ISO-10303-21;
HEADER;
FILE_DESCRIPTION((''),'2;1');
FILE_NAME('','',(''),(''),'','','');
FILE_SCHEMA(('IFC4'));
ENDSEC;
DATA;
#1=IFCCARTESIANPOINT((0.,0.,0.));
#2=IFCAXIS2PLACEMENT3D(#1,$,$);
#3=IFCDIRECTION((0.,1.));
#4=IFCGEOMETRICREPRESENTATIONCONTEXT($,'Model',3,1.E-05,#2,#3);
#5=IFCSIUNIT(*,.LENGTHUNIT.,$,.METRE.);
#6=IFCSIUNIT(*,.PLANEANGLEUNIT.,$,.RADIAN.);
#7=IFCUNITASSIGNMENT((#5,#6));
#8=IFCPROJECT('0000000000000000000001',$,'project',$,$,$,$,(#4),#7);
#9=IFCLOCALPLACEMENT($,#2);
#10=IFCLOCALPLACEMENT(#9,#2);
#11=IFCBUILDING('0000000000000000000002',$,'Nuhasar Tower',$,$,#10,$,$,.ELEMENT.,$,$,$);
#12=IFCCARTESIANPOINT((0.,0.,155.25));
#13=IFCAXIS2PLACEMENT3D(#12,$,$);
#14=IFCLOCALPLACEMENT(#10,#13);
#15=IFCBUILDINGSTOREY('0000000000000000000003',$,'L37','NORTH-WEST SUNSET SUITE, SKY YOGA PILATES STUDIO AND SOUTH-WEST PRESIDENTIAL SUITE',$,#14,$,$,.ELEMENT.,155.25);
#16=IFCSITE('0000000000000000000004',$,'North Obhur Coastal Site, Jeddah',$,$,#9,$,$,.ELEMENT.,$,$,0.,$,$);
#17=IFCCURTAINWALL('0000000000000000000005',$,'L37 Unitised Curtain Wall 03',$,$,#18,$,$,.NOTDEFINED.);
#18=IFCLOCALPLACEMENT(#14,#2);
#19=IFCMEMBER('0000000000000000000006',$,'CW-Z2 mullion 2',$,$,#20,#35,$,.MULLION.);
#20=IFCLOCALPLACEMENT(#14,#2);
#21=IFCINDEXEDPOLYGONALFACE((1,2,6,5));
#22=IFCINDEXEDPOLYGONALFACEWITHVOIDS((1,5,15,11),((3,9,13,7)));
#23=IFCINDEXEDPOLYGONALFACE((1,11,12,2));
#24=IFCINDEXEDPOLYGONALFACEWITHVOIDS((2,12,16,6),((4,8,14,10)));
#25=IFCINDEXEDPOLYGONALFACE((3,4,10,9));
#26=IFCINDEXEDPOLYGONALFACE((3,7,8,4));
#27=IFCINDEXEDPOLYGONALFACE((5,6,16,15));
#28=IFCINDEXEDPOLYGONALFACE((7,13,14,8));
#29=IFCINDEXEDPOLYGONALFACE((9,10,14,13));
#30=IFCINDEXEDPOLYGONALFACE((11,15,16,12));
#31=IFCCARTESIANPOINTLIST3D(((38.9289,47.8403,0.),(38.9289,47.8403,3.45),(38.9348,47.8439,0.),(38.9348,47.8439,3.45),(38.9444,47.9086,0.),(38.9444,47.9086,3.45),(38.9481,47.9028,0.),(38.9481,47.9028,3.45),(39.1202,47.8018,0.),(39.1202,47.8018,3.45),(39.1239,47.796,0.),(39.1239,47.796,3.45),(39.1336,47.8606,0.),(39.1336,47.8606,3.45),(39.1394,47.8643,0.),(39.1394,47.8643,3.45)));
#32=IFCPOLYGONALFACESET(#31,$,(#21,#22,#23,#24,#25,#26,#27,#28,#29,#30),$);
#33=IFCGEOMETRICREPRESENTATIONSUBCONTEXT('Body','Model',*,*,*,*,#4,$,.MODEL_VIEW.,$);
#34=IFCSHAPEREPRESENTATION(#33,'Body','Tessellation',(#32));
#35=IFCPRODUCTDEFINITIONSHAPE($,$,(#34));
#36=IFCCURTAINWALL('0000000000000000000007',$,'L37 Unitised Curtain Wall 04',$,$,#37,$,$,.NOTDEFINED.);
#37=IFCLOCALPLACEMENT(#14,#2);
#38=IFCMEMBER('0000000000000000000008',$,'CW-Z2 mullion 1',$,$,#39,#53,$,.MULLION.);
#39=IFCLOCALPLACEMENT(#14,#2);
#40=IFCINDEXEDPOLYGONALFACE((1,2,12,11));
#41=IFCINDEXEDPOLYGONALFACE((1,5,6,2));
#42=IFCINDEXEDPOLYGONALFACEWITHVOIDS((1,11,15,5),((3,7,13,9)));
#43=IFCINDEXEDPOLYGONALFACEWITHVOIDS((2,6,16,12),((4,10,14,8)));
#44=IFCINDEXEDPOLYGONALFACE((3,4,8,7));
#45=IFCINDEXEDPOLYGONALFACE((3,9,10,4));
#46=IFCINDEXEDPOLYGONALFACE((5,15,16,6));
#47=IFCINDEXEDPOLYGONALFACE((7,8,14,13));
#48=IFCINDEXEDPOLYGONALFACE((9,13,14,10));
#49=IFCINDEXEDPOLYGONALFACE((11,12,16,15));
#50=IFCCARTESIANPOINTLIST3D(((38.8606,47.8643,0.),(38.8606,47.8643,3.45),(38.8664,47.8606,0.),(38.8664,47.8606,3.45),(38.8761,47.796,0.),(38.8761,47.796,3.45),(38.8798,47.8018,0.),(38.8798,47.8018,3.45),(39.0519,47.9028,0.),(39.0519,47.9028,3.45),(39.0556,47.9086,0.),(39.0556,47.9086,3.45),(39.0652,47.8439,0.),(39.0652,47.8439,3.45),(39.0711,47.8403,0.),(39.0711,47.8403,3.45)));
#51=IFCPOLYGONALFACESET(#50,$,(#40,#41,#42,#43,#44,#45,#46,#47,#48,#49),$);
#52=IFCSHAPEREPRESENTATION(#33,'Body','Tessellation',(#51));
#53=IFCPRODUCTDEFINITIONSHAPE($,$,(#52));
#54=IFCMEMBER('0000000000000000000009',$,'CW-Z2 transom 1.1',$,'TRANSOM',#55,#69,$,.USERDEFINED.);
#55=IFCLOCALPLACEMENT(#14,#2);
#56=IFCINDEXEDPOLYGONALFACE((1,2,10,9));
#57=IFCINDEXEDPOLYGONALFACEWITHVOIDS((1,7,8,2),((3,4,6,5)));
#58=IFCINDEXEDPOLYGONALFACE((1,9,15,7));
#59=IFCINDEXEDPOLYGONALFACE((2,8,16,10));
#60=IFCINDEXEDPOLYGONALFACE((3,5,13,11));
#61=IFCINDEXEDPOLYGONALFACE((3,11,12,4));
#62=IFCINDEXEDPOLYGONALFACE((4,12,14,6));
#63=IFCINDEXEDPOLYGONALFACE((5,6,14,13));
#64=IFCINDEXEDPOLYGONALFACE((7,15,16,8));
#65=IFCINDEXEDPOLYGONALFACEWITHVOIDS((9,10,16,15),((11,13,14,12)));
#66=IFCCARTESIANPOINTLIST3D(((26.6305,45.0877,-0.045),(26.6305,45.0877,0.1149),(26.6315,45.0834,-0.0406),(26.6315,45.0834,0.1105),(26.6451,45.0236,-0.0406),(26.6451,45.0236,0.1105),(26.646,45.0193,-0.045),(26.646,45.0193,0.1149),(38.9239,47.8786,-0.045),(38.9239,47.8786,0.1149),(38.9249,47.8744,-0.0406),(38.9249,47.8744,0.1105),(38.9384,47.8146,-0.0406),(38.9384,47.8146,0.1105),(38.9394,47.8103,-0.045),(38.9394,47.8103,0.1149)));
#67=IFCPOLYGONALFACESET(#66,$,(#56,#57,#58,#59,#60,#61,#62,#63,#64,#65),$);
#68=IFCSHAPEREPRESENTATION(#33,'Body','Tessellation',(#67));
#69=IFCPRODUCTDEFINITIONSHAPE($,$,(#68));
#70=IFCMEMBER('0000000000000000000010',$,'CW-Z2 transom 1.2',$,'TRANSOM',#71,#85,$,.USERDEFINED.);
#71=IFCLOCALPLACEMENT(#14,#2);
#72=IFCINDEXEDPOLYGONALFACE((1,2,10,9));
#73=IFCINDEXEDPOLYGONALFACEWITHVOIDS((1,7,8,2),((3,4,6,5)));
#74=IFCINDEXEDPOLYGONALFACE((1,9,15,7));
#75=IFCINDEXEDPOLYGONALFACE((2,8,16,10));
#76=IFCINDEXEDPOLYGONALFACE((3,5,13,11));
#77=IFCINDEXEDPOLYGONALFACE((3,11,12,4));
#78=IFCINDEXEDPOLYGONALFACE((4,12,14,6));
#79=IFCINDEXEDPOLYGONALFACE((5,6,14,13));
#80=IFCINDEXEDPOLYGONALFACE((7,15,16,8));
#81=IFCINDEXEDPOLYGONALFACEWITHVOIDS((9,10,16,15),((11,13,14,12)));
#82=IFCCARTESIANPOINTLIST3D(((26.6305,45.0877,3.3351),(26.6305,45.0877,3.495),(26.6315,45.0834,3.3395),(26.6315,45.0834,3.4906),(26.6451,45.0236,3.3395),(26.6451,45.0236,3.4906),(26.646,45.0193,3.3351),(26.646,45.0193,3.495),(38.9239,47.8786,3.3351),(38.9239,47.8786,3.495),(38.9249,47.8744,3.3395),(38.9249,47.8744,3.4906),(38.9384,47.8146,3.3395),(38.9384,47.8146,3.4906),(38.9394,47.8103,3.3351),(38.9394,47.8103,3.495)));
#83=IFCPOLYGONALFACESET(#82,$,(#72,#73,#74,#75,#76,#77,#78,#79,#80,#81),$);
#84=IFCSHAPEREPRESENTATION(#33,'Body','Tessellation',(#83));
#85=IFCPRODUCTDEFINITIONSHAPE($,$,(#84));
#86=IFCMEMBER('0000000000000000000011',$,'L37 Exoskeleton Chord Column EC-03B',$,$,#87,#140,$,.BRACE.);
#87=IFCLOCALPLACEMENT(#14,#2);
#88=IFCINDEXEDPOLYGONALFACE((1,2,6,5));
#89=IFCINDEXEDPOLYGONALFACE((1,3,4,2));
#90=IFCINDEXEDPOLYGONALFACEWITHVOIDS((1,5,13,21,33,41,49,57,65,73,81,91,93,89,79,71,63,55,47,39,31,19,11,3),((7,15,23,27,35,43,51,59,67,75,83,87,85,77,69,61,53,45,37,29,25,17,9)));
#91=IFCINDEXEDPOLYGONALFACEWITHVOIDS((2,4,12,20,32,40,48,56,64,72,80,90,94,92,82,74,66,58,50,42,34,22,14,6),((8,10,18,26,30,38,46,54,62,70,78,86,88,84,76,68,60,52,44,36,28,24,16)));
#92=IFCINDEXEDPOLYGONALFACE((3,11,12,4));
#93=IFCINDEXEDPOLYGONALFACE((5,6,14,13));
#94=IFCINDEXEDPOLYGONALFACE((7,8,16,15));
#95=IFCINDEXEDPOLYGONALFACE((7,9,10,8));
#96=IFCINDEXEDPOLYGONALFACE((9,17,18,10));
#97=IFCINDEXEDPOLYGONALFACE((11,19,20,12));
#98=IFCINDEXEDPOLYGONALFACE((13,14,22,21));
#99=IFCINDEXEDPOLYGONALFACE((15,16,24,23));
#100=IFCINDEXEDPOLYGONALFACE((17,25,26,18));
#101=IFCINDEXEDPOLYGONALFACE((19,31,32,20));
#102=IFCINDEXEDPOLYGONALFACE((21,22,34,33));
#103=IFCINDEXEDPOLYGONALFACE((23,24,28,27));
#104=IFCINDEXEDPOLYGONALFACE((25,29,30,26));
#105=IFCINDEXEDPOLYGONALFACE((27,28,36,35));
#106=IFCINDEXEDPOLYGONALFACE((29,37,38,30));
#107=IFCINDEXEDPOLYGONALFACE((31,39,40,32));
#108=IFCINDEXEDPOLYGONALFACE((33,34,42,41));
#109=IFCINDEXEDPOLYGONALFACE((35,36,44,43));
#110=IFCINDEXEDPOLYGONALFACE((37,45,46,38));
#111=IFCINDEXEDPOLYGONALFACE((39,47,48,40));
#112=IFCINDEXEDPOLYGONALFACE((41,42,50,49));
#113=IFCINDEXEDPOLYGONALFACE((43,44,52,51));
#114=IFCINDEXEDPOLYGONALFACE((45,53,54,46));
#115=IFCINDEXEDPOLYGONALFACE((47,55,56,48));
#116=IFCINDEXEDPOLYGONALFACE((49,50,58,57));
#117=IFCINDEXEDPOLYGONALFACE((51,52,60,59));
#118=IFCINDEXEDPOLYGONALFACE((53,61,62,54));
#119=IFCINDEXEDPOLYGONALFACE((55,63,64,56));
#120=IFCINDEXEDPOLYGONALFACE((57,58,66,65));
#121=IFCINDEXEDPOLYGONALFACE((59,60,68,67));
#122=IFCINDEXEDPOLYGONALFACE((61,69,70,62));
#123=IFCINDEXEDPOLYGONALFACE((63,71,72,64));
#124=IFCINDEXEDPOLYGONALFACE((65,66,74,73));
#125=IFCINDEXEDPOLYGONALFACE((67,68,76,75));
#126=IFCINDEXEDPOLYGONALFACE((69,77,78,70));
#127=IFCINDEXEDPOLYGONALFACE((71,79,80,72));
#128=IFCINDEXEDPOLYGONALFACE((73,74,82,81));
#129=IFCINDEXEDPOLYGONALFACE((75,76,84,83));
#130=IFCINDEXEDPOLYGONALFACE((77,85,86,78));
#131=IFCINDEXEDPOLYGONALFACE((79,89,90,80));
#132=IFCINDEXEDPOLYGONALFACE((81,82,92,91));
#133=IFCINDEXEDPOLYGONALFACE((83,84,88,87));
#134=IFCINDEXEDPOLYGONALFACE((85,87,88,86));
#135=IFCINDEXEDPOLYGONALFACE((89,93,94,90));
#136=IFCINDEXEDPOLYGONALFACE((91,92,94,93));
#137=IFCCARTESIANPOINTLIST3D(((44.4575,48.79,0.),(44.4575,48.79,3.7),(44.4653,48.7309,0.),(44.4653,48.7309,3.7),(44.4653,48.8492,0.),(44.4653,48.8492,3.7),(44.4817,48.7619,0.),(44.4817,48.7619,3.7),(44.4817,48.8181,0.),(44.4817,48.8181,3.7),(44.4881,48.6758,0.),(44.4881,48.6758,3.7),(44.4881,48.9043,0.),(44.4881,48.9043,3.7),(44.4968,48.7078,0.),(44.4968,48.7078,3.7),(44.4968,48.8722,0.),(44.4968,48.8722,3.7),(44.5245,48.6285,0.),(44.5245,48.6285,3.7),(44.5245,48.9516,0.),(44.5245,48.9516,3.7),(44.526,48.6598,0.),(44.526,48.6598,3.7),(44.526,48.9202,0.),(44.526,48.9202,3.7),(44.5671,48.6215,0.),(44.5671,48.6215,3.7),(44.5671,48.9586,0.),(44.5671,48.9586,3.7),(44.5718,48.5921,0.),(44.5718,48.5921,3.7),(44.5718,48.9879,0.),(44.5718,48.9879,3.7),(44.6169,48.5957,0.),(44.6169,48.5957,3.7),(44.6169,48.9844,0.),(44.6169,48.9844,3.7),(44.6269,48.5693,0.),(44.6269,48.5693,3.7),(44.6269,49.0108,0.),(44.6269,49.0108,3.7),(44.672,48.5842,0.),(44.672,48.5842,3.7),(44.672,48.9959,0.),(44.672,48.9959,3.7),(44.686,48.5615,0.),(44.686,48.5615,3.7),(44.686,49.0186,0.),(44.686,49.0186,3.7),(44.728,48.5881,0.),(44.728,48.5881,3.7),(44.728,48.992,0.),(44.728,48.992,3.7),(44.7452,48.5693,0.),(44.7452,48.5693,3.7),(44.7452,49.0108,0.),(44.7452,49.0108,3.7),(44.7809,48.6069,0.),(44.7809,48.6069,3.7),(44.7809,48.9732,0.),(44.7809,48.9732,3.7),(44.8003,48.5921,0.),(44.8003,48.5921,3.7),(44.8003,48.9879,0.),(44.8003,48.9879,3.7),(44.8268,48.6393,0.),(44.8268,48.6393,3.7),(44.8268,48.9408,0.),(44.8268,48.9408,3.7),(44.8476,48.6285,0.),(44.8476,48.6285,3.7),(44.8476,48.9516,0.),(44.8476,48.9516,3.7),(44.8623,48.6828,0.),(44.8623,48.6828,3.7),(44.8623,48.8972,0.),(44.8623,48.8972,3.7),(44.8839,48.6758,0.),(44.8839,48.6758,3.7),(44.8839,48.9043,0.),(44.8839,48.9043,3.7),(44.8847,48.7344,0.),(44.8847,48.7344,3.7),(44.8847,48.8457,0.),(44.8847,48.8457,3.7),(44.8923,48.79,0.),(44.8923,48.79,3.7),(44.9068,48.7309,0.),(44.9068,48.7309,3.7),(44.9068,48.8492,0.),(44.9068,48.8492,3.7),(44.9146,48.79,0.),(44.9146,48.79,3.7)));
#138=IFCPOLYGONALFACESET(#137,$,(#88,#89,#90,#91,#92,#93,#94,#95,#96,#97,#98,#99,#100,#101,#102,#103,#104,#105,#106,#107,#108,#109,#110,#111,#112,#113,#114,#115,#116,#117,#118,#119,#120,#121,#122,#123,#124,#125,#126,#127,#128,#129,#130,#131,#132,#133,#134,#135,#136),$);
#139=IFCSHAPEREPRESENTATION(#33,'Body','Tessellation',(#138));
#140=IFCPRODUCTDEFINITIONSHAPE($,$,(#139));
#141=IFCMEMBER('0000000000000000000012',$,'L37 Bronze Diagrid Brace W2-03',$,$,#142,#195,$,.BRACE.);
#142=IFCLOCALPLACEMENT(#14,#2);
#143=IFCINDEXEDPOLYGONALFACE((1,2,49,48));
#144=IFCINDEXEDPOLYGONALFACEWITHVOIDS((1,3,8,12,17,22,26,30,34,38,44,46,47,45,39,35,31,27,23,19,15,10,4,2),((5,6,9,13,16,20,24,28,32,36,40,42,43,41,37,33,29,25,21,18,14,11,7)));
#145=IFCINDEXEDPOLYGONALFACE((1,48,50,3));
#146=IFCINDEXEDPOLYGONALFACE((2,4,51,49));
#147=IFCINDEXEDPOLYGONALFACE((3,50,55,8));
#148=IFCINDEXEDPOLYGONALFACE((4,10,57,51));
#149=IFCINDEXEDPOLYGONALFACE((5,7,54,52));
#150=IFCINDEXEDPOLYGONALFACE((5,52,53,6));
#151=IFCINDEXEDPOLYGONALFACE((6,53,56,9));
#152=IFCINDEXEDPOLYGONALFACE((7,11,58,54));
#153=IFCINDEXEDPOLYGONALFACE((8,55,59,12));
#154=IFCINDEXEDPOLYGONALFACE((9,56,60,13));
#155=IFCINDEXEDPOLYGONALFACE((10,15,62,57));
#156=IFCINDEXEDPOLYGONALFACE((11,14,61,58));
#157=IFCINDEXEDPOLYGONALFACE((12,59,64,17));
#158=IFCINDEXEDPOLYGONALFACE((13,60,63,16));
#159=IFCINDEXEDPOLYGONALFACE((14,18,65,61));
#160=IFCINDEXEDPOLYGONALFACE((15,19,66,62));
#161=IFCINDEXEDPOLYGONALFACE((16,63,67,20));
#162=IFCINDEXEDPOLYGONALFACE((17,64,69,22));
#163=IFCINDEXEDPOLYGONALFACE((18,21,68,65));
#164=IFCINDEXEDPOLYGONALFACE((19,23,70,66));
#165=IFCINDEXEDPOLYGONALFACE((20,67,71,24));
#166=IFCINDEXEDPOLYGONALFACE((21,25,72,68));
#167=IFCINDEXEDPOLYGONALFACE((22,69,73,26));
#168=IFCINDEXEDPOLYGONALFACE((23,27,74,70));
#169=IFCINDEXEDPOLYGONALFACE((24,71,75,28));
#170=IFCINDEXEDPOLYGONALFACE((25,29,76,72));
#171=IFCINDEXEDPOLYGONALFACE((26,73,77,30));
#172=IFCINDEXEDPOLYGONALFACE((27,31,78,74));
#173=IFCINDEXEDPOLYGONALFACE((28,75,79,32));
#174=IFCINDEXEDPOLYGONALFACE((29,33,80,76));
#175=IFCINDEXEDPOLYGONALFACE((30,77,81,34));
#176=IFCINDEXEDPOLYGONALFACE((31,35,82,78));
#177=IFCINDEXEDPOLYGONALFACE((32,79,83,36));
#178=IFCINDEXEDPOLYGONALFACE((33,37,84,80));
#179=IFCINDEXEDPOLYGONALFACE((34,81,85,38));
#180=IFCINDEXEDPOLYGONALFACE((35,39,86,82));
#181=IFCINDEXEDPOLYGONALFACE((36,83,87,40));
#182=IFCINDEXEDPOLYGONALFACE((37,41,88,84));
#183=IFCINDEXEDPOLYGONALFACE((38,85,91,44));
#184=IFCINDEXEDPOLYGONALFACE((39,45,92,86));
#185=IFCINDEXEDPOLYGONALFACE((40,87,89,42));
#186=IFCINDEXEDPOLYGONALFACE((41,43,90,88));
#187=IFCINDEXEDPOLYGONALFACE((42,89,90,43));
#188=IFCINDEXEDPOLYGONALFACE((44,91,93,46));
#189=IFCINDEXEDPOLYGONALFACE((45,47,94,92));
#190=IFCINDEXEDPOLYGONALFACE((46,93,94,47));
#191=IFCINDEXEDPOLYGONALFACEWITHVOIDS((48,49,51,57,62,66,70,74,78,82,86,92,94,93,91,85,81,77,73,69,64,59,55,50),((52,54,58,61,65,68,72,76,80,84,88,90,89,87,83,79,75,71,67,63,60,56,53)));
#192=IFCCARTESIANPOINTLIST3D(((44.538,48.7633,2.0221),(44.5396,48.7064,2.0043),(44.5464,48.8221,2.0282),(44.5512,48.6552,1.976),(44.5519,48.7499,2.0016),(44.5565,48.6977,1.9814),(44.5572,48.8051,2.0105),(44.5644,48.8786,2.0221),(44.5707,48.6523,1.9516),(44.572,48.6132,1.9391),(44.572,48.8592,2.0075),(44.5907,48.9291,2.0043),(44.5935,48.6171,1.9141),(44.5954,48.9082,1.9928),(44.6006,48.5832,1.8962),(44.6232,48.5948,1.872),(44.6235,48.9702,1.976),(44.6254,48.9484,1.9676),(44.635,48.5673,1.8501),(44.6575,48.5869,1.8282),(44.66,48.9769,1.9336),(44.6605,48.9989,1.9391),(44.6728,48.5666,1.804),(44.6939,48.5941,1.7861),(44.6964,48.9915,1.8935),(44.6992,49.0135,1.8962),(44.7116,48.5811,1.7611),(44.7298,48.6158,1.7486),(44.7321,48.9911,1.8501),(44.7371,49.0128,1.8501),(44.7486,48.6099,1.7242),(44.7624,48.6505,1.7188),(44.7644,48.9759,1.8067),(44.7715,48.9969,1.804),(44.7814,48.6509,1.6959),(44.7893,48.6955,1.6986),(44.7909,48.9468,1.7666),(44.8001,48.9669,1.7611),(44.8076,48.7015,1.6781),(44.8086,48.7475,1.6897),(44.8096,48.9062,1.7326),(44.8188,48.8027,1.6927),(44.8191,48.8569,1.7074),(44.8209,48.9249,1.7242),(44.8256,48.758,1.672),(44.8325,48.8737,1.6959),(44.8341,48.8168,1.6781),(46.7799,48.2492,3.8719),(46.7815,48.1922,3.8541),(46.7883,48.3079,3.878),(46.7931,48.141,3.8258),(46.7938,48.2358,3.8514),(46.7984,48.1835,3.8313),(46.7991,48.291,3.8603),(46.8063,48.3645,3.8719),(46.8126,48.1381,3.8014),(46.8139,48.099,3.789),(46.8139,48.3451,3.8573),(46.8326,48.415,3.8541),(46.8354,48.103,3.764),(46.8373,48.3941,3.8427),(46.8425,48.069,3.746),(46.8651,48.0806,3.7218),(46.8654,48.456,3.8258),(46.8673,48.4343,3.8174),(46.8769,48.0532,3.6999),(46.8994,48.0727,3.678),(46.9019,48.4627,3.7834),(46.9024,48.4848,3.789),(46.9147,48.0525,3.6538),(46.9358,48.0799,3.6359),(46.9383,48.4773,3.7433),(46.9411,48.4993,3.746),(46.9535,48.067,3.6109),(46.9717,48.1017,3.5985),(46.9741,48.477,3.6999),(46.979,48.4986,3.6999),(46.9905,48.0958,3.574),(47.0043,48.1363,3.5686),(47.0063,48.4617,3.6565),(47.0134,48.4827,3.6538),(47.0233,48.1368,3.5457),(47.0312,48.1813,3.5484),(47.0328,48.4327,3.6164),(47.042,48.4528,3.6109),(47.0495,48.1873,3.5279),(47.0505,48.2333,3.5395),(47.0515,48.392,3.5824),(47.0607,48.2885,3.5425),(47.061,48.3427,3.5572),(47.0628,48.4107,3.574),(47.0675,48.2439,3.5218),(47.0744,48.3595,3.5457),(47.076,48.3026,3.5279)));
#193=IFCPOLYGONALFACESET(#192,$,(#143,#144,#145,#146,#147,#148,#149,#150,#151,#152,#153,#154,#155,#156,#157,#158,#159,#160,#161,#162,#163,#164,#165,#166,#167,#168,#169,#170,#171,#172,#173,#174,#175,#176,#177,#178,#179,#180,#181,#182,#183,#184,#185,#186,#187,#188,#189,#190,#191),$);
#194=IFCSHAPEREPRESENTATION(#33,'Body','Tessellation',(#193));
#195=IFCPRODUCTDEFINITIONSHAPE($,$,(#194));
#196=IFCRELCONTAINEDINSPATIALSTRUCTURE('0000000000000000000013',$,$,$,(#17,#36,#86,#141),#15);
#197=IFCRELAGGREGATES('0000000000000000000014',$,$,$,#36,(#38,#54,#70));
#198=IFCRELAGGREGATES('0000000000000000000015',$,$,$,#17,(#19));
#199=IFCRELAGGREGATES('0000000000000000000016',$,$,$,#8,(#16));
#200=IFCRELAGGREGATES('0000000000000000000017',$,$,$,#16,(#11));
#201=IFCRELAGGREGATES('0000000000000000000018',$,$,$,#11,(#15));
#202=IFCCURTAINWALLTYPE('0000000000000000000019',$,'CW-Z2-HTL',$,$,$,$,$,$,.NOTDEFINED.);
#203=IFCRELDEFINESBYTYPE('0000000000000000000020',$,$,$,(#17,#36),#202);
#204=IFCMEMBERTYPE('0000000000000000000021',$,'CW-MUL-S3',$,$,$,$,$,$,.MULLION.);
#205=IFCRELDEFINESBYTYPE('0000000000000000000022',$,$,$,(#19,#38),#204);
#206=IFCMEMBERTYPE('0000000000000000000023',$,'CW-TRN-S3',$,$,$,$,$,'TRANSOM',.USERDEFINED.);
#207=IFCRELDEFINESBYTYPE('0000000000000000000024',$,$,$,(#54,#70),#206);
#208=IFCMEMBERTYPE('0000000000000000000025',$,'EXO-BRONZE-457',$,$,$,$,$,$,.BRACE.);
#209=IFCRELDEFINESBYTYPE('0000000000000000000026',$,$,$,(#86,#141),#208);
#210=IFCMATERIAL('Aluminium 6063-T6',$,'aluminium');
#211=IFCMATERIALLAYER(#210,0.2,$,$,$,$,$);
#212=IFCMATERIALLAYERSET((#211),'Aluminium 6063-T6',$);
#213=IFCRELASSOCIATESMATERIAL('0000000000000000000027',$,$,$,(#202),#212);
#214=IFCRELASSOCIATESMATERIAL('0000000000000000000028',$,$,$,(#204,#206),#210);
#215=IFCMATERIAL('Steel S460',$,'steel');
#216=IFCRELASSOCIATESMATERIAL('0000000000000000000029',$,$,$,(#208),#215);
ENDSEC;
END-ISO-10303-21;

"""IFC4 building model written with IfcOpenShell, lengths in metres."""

from ifc_helpers import new_model, si_unit, direction, frame, origin, origin_2d, place, context, subcontext, project, spatial, hollow_rectangle, hollow_circle, extrude, material, layer, layer_set, material_profile, profile_set, type_object, element, aggregate, save


model = new_model("IFC4")

# Units and contexts
model_context = context("Model", 3, precision=1e-05, world=origin(), true_north=direction((0.0, 1.0)))
body_context = subcontext(model_context, "Body", "Model", "MODEL_VIEW")
ifc_project = project(units=[si_unit("LENGTHUNIT", "METRE"), si_unit("PLANEANGLEUNIT", "RADIAN")], contexts=[model_context])

# Site, building, storey
site_placement = place(None, origin())
site = spatial("IfcSite", under=ifc_project, at=site_placement, Name="North Obhur Coastal Site, Jeddah", CompositionType="ELEMENT", RefElevation=0.0)
building_placement = place(site_placement, origin())
building = spatial("IfcBuilding", under=site, at=building_placement, Name="Nuhasar Tower", CompositionType="ELEMENT")
storey_placement = place(building_placement, frame((0.0, 0.0, 155.25)))
storey = spatial("IfcBuildingStorey", under=building, at=storey_placement, Name="L37", Description="NORTH-WEST SUNSET SUITE, SKY YOGA PILATES STUDIO AND SOUTH-WEST PRESIDENTIAL SUITE", CompositionType="ELEMENT", Elevation=155.25)

# Curtain wall, member
ifc_material_1 = material(Name="Aluminium 6063-T6", Category="aluminium")
ifc_layer_1 = layer(ifc_material_1, 0.2)
ifc_layer_set_1 = layer_set([ifc_layer_1], Name="Aluminium 6063-T6")
curtain_wall_type = type_object("IfcCurtainWallType", Name="CW-Z2-HTL", PredefinedType="NOTDEFINED", material=ifc_layer_set_1)
curtain_wall_1_placement = place(storey_placement, origin())
curtain_wall_1 = element("IfcCurtainWall", 1, at=curtain_wall_1_placement, inside=storey, type_object=curtain_wall_type, Name="L37 Unitised Curtain Wall 03", PredefinedType="NOTDEFINED")
ifc_material_profile_1 = material_profile(ifc_material_1, hollow_rectangle(XDim=0.0701, YDim=0.2, WallThickness=0.0049, at=origin_2d()), Name="CWM-3")
ifc_profile_set_1 = profile_set([ifc_material_profile_1], Name="Aluminium 6063-T6")
member_type_1 = type_object("IfcMemberType", Name="CW-MUL-S3", PredefinedType="MULLION", material=ifc_profile_set_1)
member_1_placement = place(storey_placement, frame((39.0342, 47.8523, 0.0), z_axis=(0.0, 0.0, 1.0), x_axis=(-0.221397, -0.975184, 0.0)))
member_1 = element("IfcMember", 2, at=member_1_placement, type_object=member_type_1, Name="CW-Z2 mullion 2", PredefinedType="MULLION", context=body_context, shape_type="SweptSolid", body=[
    extrude(hollow_rectangle(XDim=0.0701, YDim=0.2, WallThickness=0.0049, at=origin_2d()), origin(), (0.0, 0.0, 1.0), 3.45),
])

# Curtain wall, members
curtain_wall_2_placement = place(storey_placement, origin())
curtain_wall_2 = element("IfcCurtainWall", 3, at=curtain_wall_2_placement, inside=storey, type_object=curtain_wall_type, Name="L37 Unitised Curtain Wall 04", PredefinedType="NOTDEFINED")
member_2_placement = place(storey_placement, frame((38.9658, 47.8523, 0.0), z_axis=(0.0, 0.0, 1.0), x_axis=(0.221397, -0.975184, 0.0)))
member_2 = element("IfcMember", 4, at=member_2_placement, type_object=member_type_1, Name="CW-Z2 mullion 1", PredefinedType="MULLION", context=body_context, shape_type="SweptSolid", body=[
    extrude(hollow_rectangle(XDim=0.0701, YDim=0.2, WallThickness=0.0049, at=origin_2d()), origin(), (0.0, 0.0, 1.0), 3.45),
])
ifc_material_profile_2 = material_profile(ifc_material_1, hollow_rectangle(XDim=0.0701, YDim=0.1599, WallThickness=0.0044, at=origin_2d()), Name="CWT-3")
ifc_profile_set_2 = profile_set([ifc_material_profile_2], Name="Aluminium 6063-T6")
member_type_2 = type_object("IfcMemberType", Name="CW-TRN-S3", ElementType="TRANSOM", PredefinedType="USERDEFINED", material=ifc_profile_set_2)
member_3_placement = place(storey_placement, frame((38.9316, 47.8445, 0.0349), z_axis=(-0.975183, -0.221398, 0.0), x_axis=(0.221398, -0.975183, 0.0)))
member_3 = element("IfcMember", 5, at=member_3_placement, type_object=member_type_2, Name="CW-Z2 transom 1.1", ObjectType="TRANSOM", PredefinedType="USERDEFINED", context=body_context, shape_type="SweptSolid", body=[
    extrude(hollow_rectangle(XDim=0.0701, YDim=0.1599, WallThickness=0.0044, at=origin_2d()), origin(), (0.0, 0.0, 1.0), 12.6062),
])
member_4_placement = place(storey_placement, frame((38.9316, 47.8445, 3.415), z_axis=(-0.975183, -0.221398, 0.0), x_axis=(0.221398, -0.975183, 0.0)))
member_4 = element("IfcMember", 6, at=member_4_placement, type_object=member_type_2, Name="CW-Z2 transom 1.2", ObjectType="TRANSOM", PredefinedType="USERDEFINED", context=body_context, shape_type="SweptSolid", body=[
    extrude(hollow_rectangle(XDim=0.0701, YDim=0.1599, WallThickness=0.0044, at=origin_2d()), origin(), (0.0, 0.0, 1.0), 12.6062),
])
aggregate(curtain_wall_2, [member_2, member_3, member_4])

# Members
ifc_material_2 = material(Name="Steel S460", Category="steel")
ifc_material_profile_3 = material_profile(ifc_material_2, hollow_circle(Radius=0.2285, WallThickness=0.0222, at=origin_2d()), Name="HSS457X22.2")
ifc_profile_set_3 = profile_set([ifc_material_profile_3], Name="Steel S460")
member_type_3 = type_object("IfcMemberType", Name="EXO-BRONZE-457", PredefinedType="BRACE", material=ifc_profile_set_3)
member_5_placement = place(storey_placement, frame((44.686, 48.79, 0.0), z_axis=(0.0, 0.0, 1.0), x_axis=(1.0, 0.0, 0.0)))
element("IfcMember", 7, at=member_5_placement, inside=storey, type_object=member_type_3, Name="L37 Exoskeleton Chord Column EC-03B", PredefinedType="BRACE", context=body_context, shape_type="SweptSolid", body=[
    extrude(hollow_circle(Radius=0.2285, WallThickness=0.0222, at=origin_2d()), origin(), (0.0, 0.0, 1.0), 3.7),
])
member_6_placement = place(storey_placement, frame((44.686, 48.79, 1.8501), z_axis=(0.759539, -0.17419, 0.626704), x_axis=(0.223534, 0.974696, 0.0)))
element("IfcMember", 8, at=member_6_placement, inside=storey, type_object=member_type_3, Name="L37 Bronze Diagrid Brace W2-03", PredefinedType="BRACE", context=body_context, shape_type="SweptSolid", body=[
    extrude(hollow_circle(Radius=0.2285, WallThickness=0.0222, at=origin_2d()), origin(), (0.0, 0.0, 1.0), 2.9517),
])

aggregate(curtain_wall_1, [member_1])

save(model, "model.ifc")
